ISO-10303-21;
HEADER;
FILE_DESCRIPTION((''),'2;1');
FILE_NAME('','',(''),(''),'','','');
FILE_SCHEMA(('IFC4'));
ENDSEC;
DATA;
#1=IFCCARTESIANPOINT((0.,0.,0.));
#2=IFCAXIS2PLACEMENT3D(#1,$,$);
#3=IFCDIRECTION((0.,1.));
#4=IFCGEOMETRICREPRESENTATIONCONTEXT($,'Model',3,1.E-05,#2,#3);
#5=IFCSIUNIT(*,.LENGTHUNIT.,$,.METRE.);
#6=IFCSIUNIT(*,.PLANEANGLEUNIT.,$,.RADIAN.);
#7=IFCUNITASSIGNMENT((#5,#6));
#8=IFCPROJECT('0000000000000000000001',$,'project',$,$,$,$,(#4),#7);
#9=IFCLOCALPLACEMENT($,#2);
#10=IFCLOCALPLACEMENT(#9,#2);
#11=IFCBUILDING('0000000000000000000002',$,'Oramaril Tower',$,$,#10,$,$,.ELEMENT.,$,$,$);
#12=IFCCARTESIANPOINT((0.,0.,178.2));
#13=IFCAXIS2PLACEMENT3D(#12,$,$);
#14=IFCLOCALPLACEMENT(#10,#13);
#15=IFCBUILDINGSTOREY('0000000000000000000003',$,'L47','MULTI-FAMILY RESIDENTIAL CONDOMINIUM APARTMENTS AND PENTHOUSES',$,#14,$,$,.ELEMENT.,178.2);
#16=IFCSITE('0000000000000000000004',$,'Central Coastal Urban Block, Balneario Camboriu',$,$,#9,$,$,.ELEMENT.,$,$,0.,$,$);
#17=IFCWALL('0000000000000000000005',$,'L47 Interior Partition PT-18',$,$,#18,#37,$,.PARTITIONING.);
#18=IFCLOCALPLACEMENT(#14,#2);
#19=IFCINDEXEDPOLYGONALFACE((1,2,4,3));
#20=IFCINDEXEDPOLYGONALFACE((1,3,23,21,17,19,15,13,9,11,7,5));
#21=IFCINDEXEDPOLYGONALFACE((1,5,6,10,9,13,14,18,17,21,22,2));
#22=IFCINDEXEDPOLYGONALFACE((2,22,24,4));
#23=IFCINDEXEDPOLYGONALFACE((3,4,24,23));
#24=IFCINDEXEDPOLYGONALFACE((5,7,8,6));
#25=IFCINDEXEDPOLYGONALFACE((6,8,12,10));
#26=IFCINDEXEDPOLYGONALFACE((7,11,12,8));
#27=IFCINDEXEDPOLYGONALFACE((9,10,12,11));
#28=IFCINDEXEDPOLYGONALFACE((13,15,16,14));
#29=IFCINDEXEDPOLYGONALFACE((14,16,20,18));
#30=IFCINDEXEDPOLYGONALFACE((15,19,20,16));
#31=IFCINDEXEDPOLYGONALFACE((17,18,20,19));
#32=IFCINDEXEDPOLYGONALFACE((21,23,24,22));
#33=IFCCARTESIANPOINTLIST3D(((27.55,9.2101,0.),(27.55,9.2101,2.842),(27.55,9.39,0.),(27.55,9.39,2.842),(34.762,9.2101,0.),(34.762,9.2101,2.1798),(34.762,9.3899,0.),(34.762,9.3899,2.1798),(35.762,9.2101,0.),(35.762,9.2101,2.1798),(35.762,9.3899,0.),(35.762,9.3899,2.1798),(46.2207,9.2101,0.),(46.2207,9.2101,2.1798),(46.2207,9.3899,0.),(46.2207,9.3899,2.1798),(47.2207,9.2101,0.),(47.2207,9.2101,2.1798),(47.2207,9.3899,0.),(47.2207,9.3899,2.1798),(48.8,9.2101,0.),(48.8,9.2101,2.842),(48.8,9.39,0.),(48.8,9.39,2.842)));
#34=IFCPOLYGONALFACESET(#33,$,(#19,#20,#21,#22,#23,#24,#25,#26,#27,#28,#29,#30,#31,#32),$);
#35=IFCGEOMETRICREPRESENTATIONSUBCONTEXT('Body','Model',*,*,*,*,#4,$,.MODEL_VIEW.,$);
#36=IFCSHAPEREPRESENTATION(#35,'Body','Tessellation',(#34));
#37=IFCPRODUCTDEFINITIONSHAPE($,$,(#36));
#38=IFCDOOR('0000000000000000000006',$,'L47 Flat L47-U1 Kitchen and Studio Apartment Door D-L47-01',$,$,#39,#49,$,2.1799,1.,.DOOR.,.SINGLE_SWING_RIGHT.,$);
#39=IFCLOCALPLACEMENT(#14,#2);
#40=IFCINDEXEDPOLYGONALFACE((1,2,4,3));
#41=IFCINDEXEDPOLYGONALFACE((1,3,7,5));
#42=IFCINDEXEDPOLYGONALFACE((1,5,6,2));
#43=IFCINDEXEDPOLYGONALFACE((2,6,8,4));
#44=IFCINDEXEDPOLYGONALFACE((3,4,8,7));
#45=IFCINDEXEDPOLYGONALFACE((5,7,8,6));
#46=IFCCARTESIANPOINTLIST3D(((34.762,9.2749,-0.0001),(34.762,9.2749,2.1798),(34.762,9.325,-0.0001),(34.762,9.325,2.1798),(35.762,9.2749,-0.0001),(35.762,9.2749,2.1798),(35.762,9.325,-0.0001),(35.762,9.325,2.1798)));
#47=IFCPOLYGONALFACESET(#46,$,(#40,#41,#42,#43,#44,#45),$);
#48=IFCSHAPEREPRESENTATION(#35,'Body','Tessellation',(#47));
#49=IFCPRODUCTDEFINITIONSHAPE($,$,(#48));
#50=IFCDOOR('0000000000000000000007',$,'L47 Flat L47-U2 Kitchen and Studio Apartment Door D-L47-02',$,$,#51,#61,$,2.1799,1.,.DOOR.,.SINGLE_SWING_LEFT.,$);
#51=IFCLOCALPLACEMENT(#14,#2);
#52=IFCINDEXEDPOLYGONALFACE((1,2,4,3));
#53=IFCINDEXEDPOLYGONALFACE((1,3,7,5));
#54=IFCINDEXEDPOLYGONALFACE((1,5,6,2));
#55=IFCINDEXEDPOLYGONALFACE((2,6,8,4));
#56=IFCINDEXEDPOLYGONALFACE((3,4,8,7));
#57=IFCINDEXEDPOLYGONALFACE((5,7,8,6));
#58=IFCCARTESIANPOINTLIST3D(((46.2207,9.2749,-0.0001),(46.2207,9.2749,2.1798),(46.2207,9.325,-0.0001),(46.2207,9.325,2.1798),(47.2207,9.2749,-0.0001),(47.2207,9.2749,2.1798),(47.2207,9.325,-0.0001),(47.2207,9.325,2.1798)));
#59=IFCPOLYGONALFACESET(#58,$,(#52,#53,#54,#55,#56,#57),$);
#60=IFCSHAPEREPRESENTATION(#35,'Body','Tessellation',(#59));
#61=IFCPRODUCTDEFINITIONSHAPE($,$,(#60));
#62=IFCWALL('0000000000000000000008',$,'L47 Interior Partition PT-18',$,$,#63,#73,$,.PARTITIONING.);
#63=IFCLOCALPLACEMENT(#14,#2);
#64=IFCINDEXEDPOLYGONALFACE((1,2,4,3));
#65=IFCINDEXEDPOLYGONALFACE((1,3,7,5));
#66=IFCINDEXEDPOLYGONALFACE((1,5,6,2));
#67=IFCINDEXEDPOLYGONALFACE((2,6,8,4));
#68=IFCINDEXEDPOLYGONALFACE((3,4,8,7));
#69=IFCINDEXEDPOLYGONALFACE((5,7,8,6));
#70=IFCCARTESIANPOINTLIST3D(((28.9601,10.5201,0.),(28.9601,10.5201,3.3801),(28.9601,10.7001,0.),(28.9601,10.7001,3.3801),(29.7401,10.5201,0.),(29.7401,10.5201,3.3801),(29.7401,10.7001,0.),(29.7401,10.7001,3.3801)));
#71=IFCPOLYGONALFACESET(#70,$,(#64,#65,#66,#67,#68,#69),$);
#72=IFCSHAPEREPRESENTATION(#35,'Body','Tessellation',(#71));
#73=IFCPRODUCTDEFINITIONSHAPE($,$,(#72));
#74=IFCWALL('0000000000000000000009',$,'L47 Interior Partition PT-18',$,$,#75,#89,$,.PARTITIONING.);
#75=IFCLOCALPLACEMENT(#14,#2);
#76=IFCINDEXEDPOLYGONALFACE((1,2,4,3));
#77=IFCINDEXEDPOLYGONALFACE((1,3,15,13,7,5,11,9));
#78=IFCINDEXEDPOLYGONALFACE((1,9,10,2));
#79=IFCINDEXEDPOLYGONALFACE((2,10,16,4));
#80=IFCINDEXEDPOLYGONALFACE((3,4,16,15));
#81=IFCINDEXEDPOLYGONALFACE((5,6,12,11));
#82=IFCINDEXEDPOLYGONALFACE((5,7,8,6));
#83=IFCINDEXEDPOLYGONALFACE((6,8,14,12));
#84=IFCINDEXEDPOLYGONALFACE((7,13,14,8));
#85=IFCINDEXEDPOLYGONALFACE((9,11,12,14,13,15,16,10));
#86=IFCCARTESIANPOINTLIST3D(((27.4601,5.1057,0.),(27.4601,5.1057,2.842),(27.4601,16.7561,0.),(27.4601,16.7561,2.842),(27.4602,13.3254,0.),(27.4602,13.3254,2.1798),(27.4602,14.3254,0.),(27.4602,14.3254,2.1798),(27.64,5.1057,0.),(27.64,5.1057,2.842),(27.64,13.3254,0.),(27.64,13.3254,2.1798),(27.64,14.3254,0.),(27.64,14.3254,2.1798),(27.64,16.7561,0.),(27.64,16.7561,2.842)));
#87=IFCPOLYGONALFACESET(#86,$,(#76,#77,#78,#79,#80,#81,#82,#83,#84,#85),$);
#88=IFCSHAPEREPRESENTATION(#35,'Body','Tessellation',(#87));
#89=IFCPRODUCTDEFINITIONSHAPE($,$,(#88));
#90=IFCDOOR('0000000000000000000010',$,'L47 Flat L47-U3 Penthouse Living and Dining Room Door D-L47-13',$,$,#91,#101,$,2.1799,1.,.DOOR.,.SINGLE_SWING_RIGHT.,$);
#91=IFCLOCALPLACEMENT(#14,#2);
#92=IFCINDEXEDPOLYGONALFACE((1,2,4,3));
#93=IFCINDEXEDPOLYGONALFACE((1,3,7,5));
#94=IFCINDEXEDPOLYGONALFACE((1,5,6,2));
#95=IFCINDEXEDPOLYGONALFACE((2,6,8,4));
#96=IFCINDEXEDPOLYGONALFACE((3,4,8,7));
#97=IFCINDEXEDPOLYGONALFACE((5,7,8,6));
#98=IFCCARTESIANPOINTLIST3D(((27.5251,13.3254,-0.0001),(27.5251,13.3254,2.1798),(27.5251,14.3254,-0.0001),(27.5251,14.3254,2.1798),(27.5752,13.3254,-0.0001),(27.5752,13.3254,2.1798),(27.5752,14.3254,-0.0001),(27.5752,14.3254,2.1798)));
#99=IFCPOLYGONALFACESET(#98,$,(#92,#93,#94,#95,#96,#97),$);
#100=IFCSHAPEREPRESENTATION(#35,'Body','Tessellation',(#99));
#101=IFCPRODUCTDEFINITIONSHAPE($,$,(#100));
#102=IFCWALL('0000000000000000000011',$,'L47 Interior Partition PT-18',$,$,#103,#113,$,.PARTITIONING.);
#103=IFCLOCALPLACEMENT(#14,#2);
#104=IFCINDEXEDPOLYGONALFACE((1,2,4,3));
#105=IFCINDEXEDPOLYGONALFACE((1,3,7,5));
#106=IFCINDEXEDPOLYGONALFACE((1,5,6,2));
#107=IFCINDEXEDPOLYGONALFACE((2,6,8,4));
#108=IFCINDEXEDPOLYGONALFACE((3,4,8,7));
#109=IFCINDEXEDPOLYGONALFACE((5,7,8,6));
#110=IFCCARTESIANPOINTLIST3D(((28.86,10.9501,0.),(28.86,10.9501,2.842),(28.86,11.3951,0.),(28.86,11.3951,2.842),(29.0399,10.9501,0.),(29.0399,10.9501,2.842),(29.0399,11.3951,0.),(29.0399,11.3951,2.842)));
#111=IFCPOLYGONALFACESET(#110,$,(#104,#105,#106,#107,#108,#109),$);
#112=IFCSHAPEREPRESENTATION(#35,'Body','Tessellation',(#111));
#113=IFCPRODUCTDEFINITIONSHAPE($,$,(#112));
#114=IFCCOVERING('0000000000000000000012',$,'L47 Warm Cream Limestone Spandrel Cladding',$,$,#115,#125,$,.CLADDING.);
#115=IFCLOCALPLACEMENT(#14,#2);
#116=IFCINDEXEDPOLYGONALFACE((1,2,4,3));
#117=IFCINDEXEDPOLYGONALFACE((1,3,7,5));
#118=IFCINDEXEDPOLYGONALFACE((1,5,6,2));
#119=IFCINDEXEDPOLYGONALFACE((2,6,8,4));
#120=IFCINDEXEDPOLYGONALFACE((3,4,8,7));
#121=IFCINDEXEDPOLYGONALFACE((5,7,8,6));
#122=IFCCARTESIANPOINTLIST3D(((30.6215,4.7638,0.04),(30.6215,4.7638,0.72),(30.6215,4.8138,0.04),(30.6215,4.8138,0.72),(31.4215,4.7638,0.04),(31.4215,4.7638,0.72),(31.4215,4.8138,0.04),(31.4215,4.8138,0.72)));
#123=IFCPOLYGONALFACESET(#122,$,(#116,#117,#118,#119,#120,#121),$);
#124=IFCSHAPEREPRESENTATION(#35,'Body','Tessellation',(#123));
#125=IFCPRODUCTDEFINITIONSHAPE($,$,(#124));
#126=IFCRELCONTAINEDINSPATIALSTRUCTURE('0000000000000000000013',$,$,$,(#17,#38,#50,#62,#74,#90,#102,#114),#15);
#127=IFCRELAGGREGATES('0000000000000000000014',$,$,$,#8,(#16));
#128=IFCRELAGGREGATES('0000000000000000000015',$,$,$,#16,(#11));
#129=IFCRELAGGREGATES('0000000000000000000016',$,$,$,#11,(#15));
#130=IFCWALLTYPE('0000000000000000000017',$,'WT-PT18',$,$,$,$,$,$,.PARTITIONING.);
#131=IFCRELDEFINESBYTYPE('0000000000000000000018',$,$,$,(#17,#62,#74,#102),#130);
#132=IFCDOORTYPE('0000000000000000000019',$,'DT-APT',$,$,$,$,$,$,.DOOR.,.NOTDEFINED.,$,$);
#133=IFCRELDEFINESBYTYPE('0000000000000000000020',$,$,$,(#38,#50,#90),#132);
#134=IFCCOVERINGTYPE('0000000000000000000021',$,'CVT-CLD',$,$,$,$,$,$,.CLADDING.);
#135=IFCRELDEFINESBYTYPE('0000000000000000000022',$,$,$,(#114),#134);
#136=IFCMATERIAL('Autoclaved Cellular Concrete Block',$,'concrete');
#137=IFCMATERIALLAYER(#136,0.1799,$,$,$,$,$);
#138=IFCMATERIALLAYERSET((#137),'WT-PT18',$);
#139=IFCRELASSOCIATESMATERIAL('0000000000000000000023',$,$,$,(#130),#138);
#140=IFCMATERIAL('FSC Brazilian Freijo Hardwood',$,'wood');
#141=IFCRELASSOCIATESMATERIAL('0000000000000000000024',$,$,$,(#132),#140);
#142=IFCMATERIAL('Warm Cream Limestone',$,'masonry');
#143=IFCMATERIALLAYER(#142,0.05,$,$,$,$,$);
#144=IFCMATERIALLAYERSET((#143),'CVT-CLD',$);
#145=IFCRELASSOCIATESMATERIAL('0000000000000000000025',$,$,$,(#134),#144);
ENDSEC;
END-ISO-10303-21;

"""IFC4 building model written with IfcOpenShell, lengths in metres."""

from ifc_helpers import new_model, si_unit, direction, frame, frame_2d, origin, origin_2d, place, context, subcontext, project, spatial, rectangle, extrude, material, layer, layer_set, type_object, element, fill, save


model = new_model("IFC4")

# Units and contexts
model_context = context("Model", 3, precision=1e-05, world=origin(), true_north=direction((0.0, 1.0)))
body_context = subcontext(model_context, "Body", "Model", "MODEL_VIEW")
ifc_project = project(units=[si_unit("LENGTHUNIT", "METRE"), si_unit("PLANEANGLEUNIT", "RADIAN")], contexts=[model_context])

# Site, building, storey
site_placement = place(None, origin())
site = spatial("IfcSite", under=ifc_project, at=site_placement, Name="Central Coastal Urban Block, Balneario Camboriu", CompositionType="ELEMENT", RefElevation=0.0)
building_placement = place(site_placement, origin())
building = spatial("IfcBuilding", under=site, at=building_placement, Name="Oramaril Tower", CompositionType="ELEMENT")
storey_placement = place(building_placement, frame((0.0, 0.0, 178.2)))
storey = spatial("IfcBuildingStorey", under=building, at=storey_placement, Name="L47", Description="MULTI-FAMILY RESIDENTIAL CONDOMINIUM APARTMENTS AND PENTHOUSES", CompositionType="ELEMENT", Elevation=178.2)

# Wall, openings, doors
ifc_material_1 = material(Name="Autoclaved Cellular Concrete Block", Category="concrete")
ifc_layer_1 = layer(ifc_material_1, 0.1799)
ifc_layer_set_1 = layer_set([ifc_layer_1], Name="WT-PT18")
wall_type_1 = type_object("IfcWallType", Name="WT-PT18", PredefinedType="PARTITIONING", material=ifc_layer_set_1)
wall_1_placement = place(storey_placement, frame((27.55, 9.3, 0.0), z_axis=(0.0, 0.0, 1.0), x_axis=(1.0, 0.0, 0.0)))
wall_1 = element("IfcWall", 1, at=wall_1_placement, inside=storey, type_object=wall_type_1, Name="L47 Interior Partition PT-18", PredefinedType="PARTITIONING", context=body_context, shape_type="SweptSolid", body=[
    extrude(rectangle(XDim=21.25, YDim=0.1799, at=frame_2d((10.625, 0.0))), origin(), (0.0, 0.0, 1.0), 2.842),
])
opening_1_placement = place(wall_1_placement, frame((7.2119, 0.0, 0.0)))
opening_1 = element("IfcOpeningElement", 2, at=opening_1_placement, cuts=wall_1, PredefinedType="OPENING", context=body_context, shape_type="SweptSolid", body=[
    extrude(rectangle(XDim=1.0, YDim=2.1799, at=frame_2d((0.5, 1.0898))), frame((0.0, 0.0898, 0.0), z_axis=(0.0, -1.0, 0.0), x_axis=(1.0, 0.0, 0.0)), (0.0, 0.0, 1.0), 0.1799),
])
opening_2_placement = place(wall_1_placement, frame((18.6707, 0.0, 0.0)))
opening_2 = element("IfcOpeningElement", 3, at=opening_2_placement, cuts=wall_1, PredefinedType="OPENING", context=body_context, shape_type="SweptSolid", body=[
    extrude(rectangle(XDim=1.0, YDim=2.1799, at=frame_2d((0.5, 1.0898))), frame((0.0, 0.0898, 0.0), z_axis=(0.0, -1.0, 0.0), x_axis=(1.0, 0.0, 0.0)), (0.0, 0.0, 1.0), 0.1799),
])
ifc_material_2 = material(Name="FSC Brazilian Freijo Hardwood", Category="wood")
door_type_1 = type_object("IfcDoorType", Name="DT-APT", OperationType="NOTDEFINED", PredefinedType="DOOR", material=ifc_material_2)
door_1_placement = place(opening_1_placement, origin())
door_1 = element("IfcDoor", 4, at=door_1_placement, inside=storey, type_object=door_type_1, Name="L47 Flat L47-U1 Kitchen and Studio Apartment Door D-L47-01", OperationType="SINGLE_SWING_RIGHT", OverallHeight=2.1799, OverallWidth=1.0, PredefinedType="DOOR", context=body_context, shape_type="SweptSolid", body=[
    extrude(rectangle(XDim=1.0, YDim=2.1799, at=frame_2d((0.5, 1.0898))), frame((0.0, 0.0249, 0.0), z_axis=(0.0, -1.0, 0.0), x_axis=(1.0, 0.0, 0.0)), (0.0, 0.0, 1.0), 0.05),
])
fill(opening_1, door_1)
door_2_placement = place(opening_2_placement, origin())
door_2 = element("IfcDoor", 5, at=door_2_placement, inside=storey, type_object=door_type_1, Name="L47 Flat L47-U2 Kitchen and Studio Apartment Door D-L47-02", OperationType="SINGLE_SWING_LEFT", OverallHeight=2.1799, OverallWidth=1.0, PredefinedType="DOOR", context=body_context, shape_type="SweptSolid", body=[
    extrude(rectangle(XDim=1.0, YDim=2.1799, at=frame_2d((0.5, 1.0898))), frame((0.0, 0.0249, 0.0), z_axis=(0.0, -1.0, 0.0), x_axis=(1.0, 0.0, 0.0)), (0.0, 0.0, 1.0), 0.05),
])
fill(opening_2, door_2)

# Wall
wall_2_placement = place(storey_placement, frame((28.96, 10.6101, 0.0), z_axis=(0.0, 0.0, 1.0), x_axis=(1.0, 0.0, 0.0)))
element("IfcWall", 6, at=wall_2_placement, inside=storey, type_object=wall_type_1, Name="L47 Interior Partition PT-18", PredefinedType="PARTITIONING", context=body_context, shape_type="SweptSolid", body=[
    extrude(rectangle(XDim=0.78, YDim=0.1799, at=frame_2d((0.3901, 0.0))), origin(), (0.0, 0.0, 1.0), 3.3801),
])

# Wall, opening, door
wall_3_placement = place(storey_placement, frame((27.55, 5.1057, 0.0), z_axis=(0.0, 0.0, 1.0), x_axis=(0.0, 1.0, 0.0)))
wall_3 = element("IfcWall", 7, at=wall_3_placement, inside=storey, type_object=wall_type_1, Name="L47 Interior Partition PT-18", PredefinedType="PARTITIONING", context=body_context, shape_type="SweptSolid", body=[
    extrude(rectangle(XDim=11.6504, YDim=0.1799, at=frame_2d((5.8252, 0.0))), origin(), (0.0, 0.0, 1.0), 2.842),
])
opening_3_placement = place(wall_3_placement, frame((8.2197, 0.0, 0.0)))
opening_3 = element("IfcOpeningElement", 8, at=opening_3_placement, cuts=wall_3, PredefinedType="OPENING", context=body_context, shape_type="SweptSolid", body=[
    extrude(rectangle(XDim=1.0, YDim=2.1799, at=frame_2d((0.5, 1.0898))), frame((0.0, 0.0898, 0.0), z_axis=(0.0, -1.0, 0.0), x_axis=(1.0, 0.0, 0.0)), (0.0, 0.0, 1.0), 0.1799),
])
door_3_placement = place(opening_3_placement, origin())
door_3 = element("IfcDoor", 9, at=door_3_placement, inside=storey, type_object=door_type_1, Name="L47 Flat L47-U3 Penthouse Living and Dining Room Door D-L47-13", OperationType="SINGLE_SWING_RIGHT", OverallHeight=2.1799, OverallWidth=1.0, PredefinedType="DOOR", context=body_context, shape_type="SweptSolid", body=[
    extrude(rectangle(XDim=1.0, YDim=2.1799, at=frame_2d((0.5, 1.0898))), frame((0.0, 0.0249, 0.0), z_axis=(0.0, -1.0, 0.0), x_axis=(1.0, 0.0, 0.0)), (0.0, 0.0, 1.0), 0.05),
])
fill(opening_3, door_3)

# Wall
wall_4_placement = place(storey_placement, frame((28.95, 10.95, 0.0), z_axis=(0.0, 0.0, 1.0), x_axis=(0.0, 1.0, 0.0)))
element("IfcWall", 10, at=wall_4_placement, inside=storey, type_object=wall_type_1, Name="L47 Interior Partition PT-18", PredefinedType="PARTITIONING", context=body_context, shape_type="SweptSolid", body=[
    extrude(rectangle(XDim=0.4451, YDim=0.1799, at=frame_2d((0.2227, 0.0))), origin(), (0.0, 0.0, 1.0), 2.842),
])

# Covering
ifc_material_3 = material(Name="Warm Cream Limestone", Category="masonry")
ifc_layer_2 = layer(ifc_material_3, 0.05)
ifc_layer_set_2 = layer_set([ifc_layer_2], Name="CVT-CLD")
covering_type = type_object("IfcCoveringType", Name="CVT-CLD", PredefinedType="CLADDING", material=ifc_layer_set_2)
covering_placement = place(storey_placement, frame((31.0215, 4.7888, 0.04), z_axis=(0.0, 0.0, 1.0), x_axis=(1.0, 0.0, 0.0)))
element("IfcCovering", 11, at=covering_placement, inside=storey, type_object=covering_type, Name="L47 Warm Cream Limestone Spandrel Cladding", PredefinedType="CLADDING", context=body_context, shape_type="SweptSolid", body=[
    extrude(rectangle(XDim=0.8, YDim=0.05, at=origin_2d()), origin(), (0.0, 0.0, 1.0), 0.6799),
])

save(model, "model.ifc")
